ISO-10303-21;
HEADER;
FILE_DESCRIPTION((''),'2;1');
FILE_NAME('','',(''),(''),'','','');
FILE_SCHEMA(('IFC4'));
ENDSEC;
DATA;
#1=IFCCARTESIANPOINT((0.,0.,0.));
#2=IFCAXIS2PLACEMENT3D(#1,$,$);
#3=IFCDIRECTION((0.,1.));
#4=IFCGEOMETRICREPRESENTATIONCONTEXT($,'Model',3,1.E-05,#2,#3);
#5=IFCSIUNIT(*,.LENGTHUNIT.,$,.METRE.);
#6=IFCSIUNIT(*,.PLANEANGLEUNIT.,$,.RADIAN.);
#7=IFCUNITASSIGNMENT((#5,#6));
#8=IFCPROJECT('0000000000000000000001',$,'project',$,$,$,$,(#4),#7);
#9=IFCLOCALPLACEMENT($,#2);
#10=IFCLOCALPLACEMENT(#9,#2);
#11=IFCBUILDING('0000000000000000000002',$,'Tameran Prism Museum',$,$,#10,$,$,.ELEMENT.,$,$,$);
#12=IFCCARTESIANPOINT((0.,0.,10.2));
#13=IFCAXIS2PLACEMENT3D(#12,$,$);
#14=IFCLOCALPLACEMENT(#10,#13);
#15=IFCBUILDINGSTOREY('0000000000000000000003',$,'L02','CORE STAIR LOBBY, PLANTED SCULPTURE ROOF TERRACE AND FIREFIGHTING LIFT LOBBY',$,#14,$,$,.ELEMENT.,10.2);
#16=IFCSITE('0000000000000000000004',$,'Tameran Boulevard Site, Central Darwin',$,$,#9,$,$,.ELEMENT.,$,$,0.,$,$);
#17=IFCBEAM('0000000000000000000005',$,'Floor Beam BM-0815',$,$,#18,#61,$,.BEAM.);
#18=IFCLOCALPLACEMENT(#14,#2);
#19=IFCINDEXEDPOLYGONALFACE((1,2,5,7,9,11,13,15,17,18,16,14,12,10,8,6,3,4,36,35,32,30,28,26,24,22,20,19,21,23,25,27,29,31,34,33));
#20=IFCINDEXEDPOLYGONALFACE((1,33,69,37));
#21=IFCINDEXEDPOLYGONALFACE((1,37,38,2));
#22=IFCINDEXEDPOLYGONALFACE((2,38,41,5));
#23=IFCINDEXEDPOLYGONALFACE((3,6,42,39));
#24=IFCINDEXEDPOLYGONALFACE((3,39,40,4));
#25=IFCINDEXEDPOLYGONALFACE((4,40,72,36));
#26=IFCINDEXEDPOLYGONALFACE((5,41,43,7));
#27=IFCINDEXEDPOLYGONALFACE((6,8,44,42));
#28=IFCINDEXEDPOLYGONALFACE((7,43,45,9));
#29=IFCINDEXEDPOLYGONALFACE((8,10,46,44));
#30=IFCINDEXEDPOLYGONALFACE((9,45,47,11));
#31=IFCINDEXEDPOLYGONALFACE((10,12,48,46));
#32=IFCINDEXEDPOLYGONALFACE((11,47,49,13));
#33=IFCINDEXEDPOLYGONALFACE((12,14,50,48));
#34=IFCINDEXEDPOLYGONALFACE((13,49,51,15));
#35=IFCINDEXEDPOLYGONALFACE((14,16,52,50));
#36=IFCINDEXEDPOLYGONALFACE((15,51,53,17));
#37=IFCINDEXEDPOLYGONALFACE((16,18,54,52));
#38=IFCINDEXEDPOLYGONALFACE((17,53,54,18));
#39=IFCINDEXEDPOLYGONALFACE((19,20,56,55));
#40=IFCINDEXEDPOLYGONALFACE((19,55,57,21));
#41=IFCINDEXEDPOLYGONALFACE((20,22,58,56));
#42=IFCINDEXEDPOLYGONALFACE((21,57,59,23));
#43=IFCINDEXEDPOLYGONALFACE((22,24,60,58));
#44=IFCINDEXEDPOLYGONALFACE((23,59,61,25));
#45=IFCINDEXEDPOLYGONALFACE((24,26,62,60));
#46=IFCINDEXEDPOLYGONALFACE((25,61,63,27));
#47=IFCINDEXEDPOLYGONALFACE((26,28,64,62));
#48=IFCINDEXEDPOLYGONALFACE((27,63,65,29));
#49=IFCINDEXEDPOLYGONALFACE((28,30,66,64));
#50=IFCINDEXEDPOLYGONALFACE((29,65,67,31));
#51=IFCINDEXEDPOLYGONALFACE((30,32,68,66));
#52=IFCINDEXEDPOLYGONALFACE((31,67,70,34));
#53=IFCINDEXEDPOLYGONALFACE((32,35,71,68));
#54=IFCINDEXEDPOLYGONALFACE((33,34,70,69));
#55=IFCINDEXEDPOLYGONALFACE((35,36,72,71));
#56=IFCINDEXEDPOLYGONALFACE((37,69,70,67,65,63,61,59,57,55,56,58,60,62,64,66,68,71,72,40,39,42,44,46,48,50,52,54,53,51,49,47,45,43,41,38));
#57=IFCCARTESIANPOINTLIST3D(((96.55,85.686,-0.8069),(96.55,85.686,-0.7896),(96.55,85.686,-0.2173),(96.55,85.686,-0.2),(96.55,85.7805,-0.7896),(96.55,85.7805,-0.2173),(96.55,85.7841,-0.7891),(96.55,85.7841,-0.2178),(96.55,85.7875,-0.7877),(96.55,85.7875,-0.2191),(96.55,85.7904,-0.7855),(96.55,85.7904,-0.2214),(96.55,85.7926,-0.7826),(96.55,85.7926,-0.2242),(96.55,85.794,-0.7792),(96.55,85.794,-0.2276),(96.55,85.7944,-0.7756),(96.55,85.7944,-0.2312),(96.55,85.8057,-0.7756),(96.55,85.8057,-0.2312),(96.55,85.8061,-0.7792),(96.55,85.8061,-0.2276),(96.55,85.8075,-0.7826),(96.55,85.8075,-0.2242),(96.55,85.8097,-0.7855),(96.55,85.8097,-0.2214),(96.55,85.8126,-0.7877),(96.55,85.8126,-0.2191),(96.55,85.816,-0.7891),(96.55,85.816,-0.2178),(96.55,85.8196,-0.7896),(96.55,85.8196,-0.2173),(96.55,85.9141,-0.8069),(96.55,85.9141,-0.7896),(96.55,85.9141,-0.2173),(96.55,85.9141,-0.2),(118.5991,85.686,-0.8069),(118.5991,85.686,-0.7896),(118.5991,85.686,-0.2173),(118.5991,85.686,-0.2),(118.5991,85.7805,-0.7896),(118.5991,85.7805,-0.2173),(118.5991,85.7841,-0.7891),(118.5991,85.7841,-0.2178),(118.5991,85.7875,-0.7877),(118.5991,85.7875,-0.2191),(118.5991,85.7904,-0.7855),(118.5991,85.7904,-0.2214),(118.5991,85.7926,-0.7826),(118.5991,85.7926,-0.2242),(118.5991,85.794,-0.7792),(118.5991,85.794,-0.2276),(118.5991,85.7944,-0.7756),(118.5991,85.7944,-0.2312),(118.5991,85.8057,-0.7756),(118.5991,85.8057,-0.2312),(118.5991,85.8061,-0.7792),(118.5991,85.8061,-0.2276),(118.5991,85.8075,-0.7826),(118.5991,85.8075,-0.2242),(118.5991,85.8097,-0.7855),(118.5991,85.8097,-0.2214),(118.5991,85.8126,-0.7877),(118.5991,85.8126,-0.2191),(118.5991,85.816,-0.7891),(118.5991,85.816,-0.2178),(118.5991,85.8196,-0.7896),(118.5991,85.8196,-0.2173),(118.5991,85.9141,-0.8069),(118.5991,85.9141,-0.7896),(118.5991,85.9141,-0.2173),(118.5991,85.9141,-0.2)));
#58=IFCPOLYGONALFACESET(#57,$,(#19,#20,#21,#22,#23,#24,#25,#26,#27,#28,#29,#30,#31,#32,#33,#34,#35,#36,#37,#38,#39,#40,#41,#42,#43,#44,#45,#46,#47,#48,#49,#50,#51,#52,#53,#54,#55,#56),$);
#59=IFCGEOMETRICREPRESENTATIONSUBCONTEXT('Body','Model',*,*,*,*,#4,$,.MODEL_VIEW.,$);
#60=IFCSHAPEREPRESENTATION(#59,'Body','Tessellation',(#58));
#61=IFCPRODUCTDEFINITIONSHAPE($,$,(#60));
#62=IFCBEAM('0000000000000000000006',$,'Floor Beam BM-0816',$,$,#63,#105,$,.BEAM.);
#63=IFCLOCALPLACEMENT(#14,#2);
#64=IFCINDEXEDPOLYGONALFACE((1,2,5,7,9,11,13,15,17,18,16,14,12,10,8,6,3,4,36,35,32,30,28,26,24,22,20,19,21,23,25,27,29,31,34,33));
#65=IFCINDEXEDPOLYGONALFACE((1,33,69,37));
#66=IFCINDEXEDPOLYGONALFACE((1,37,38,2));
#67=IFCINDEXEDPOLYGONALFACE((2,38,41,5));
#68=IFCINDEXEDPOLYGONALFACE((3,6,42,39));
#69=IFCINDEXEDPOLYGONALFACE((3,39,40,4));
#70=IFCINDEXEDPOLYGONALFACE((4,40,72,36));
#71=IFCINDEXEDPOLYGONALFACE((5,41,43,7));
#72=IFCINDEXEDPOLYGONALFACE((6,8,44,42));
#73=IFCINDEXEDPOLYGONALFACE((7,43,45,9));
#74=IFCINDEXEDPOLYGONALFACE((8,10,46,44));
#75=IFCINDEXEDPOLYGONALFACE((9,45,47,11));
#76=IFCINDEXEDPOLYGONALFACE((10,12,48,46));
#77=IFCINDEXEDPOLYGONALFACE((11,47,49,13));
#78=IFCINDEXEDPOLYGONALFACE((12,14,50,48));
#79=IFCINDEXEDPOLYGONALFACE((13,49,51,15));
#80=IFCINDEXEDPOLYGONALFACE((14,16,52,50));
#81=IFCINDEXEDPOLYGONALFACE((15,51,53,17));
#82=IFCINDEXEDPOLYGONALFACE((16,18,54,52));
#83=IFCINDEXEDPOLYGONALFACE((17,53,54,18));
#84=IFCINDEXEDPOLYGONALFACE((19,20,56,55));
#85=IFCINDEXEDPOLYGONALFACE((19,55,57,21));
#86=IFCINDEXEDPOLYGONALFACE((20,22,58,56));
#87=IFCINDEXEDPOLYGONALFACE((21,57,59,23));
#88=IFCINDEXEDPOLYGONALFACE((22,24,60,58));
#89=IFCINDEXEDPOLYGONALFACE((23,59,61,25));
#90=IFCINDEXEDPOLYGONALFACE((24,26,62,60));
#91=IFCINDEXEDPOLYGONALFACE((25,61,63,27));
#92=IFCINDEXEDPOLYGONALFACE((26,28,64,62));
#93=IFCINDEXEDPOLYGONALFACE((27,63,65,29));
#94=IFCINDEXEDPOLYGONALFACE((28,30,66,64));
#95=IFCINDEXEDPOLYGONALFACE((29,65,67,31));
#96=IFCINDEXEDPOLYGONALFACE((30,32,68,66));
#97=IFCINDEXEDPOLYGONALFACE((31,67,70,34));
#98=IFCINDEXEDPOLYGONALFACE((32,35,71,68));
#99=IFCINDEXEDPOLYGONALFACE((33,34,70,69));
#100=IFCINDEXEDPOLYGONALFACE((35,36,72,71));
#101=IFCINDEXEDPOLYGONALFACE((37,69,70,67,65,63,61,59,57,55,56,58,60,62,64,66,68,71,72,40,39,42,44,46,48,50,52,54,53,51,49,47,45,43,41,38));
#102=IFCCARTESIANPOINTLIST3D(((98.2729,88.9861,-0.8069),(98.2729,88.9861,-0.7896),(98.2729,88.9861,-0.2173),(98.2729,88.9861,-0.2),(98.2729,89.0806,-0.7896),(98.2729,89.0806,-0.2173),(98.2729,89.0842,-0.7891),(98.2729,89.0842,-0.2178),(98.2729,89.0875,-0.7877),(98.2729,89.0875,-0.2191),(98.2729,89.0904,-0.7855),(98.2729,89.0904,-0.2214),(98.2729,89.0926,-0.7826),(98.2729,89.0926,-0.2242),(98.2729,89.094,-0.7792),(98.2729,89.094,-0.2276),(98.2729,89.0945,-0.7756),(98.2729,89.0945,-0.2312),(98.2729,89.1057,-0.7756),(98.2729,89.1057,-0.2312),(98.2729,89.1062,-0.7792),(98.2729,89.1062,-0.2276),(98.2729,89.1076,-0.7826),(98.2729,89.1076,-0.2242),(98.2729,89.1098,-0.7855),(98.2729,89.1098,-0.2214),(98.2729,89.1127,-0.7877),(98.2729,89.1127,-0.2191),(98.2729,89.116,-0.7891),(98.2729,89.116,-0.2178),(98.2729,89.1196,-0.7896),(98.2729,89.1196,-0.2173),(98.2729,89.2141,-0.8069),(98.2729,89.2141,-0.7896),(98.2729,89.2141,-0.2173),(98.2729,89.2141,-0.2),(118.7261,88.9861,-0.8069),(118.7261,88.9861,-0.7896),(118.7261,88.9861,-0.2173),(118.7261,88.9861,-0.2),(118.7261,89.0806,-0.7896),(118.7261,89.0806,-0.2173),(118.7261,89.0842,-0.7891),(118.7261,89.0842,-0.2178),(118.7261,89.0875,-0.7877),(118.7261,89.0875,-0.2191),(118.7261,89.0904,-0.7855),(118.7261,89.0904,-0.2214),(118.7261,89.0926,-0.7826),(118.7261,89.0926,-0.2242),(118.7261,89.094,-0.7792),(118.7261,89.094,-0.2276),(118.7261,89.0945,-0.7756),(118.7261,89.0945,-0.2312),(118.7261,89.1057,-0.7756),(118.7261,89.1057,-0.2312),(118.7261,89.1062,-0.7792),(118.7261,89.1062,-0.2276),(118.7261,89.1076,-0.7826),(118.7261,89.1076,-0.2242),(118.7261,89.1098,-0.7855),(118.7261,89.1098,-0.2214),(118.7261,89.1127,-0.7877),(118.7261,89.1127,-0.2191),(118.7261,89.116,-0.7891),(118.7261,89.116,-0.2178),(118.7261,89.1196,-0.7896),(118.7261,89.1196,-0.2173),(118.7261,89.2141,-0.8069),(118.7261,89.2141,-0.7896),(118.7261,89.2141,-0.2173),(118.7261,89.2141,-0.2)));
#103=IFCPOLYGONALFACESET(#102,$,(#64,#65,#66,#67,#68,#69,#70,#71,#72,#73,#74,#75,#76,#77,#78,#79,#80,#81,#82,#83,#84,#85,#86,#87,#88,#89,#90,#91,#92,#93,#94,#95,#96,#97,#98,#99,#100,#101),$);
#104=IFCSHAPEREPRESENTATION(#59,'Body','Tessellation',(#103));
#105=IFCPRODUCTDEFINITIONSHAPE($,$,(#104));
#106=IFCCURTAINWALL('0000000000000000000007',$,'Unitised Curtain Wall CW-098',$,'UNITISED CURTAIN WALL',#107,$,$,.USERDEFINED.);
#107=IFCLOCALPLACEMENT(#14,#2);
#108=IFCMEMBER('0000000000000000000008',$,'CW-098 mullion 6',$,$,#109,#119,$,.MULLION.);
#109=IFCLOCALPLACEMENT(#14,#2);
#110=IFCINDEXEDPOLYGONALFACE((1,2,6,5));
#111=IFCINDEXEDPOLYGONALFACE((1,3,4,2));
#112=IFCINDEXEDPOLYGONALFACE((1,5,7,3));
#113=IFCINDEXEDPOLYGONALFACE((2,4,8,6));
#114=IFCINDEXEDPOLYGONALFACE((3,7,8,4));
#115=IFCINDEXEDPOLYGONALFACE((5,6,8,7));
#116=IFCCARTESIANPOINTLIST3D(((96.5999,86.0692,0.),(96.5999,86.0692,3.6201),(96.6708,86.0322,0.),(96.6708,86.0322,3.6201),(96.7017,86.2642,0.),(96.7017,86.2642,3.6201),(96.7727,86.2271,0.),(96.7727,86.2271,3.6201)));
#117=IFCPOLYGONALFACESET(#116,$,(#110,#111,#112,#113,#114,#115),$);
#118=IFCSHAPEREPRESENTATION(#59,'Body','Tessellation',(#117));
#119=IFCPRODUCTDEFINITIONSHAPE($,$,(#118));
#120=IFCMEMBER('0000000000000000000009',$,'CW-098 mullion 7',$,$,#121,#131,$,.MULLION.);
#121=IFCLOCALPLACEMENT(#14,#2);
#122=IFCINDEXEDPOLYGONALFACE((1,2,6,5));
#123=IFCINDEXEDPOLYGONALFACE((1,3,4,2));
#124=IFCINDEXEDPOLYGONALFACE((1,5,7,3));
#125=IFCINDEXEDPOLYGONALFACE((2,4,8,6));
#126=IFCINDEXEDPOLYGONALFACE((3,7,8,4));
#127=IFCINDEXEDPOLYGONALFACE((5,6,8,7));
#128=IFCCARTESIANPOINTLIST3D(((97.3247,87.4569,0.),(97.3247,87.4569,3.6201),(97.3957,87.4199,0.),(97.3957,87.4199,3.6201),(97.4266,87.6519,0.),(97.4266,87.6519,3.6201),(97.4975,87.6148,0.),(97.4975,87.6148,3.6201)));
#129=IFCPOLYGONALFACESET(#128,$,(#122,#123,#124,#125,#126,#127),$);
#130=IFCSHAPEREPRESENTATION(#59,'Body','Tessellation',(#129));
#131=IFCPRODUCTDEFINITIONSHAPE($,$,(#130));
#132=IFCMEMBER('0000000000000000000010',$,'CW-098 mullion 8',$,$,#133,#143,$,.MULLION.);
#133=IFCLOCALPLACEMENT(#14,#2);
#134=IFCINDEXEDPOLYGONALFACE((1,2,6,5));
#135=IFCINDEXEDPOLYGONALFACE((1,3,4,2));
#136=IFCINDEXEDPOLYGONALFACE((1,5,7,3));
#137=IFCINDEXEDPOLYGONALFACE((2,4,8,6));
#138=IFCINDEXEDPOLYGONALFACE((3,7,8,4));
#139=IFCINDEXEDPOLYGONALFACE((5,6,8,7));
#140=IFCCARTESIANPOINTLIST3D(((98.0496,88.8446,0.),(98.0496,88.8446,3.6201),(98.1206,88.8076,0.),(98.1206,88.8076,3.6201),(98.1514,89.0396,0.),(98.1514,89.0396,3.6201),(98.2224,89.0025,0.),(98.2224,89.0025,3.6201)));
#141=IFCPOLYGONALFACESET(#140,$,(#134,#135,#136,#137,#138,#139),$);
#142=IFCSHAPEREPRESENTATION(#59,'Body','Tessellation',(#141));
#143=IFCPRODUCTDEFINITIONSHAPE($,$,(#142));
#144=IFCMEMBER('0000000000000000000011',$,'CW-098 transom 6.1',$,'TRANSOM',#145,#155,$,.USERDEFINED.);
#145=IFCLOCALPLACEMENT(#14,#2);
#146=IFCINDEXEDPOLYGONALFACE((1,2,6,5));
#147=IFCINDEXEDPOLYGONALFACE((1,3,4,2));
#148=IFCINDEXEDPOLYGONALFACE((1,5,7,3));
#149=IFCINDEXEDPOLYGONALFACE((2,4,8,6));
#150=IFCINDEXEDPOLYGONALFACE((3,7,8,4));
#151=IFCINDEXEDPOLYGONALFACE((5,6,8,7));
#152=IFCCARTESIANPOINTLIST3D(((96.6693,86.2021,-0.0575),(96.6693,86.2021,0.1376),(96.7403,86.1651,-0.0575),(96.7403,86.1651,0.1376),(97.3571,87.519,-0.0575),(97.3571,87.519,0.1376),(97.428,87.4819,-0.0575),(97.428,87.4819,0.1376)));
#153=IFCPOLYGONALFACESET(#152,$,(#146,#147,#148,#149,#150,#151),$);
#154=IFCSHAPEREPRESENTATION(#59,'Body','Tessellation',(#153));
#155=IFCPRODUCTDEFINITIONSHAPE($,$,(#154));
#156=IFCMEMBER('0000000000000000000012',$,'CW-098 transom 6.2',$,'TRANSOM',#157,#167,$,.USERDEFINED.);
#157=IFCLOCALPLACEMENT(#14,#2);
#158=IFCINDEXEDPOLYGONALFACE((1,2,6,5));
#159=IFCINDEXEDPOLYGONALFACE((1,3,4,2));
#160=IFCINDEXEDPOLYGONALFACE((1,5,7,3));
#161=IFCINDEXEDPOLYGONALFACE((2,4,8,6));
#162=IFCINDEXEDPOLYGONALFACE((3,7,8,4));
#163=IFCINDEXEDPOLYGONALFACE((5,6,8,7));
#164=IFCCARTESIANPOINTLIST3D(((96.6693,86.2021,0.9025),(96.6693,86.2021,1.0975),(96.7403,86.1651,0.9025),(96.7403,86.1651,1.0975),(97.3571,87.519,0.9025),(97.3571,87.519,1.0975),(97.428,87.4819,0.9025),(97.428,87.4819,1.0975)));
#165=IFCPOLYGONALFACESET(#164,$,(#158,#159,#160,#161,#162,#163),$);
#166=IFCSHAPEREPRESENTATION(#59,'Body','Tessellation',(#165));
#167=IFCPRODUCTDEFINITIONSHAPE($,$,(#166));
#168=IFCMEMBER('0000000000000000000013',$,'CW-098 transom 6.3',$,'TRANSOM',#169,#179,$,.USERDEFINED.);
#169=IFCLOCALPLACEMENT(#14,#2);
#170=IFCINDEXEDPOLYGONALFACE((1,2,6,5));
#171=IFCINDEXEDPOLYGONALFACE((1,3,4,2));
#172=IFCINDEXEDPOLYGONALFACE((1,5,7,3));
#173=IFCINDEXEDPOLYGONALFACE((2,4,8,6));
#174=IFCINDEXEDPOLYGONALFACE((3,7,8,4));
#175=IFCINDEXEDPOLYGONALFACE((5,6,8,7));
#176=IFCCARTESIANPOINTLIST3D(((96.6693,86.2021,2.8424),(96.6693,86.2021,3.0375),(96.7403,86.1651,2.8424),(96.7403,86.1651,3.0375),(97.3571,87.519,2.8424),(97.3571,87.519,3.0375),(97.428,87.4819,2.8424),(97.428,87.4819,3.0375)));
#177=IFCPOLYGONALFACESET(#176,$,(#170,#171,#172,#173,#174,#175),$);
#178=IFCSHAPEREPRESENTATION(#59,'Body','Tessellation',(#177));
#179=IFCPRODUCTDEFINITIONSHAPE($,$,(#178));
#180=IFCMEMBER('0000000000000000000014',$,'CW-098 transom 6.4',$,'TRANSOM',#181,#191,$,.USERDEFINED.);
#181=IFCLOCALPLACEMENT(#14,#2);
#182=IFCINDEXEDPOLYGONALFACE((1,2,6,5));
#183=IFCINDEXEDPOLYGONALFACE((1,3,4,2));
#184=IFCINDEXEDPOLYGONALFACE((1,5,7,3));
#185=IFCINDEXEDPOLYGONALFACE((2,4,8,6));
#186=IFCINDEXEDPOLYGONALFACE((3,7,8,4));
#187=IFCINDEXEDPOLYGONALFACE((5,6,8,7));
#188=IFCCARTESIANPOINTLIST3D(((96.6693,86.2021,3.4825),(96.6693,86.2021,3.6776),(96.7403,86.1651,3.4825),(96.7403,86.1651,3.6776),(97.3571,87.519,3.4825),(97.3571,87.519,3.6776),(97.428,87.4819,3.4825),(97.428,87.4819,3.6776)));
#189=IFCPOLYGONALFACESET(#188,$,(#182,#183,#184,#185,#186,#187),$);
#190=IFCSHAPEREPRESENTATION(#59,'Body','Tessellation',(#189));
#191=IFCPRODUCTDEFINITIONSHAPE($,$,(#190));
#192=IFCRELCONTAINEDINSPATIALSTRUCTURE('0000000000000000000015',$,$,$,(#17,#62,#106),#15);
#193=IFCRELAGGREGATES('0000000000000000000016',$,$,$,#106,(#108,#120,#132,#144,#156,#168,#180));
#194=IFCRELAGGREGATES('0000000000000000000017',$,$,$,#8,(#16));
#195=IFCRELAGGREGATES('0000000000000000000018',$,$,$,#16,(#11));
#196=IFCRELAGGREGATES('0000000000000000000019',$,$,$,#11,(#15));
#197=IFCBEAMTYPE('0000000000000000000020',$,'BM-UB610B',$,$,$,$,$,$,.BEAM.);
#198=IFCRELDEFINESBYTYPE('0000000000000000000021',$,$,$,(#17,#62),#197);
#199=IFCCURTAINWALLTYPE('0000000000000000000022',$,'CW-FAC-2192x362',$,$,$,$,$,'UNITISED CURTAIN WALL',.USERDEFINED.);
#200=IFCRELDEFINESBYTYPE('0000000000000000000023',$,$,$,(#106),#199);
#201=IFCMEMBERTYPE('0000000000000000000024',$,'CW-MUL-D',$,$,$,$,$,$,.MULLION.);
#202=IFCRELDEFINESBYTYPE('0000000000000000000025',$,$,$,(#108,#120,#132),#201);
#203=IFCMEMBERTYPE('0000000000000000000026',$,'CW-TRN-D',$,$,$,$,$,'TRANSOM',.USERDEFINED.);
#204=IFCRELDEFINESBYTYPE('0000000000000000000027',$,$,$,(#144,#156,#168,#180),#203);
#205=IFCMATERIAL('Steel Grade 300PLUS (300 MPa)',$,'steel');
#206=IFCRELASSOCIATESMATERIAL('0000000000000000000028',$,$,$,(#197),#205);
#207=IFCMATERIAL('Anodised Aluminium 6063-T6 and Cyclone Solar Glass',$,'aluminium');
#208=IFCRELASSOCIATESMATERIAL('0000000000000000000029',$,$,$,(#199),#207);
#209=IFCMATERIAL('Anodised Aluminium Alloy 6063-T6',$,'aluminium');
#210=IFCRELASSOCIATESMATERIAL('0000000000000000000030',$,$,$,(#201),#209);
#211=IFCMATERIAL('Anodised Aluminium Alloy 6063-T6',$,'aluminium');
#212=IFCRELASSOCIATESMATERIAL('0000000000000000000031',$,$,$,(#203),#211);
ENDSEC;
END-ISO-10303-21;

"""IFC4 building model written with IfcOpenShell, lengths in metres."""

from ifc_helpers import new_model, si_unit, direction, frame, origin, origin_2d, place, context, subcontext, project, spatial, rectangle, i_section, extrude, material, material_profile, profile_set, type_object, element, aggregate, save


model = new_model("IFC4")

# Units and contexts
model_context = context("Model", 3, precision=1e-05, world=origin(), true_north=direction((0.0, 1.0)))
body_context = subcontext(model_context, "Body", "Model", "MODEL_VIEW")
ifc_project = project(units=[si_unit("LENGTHUNIT", "METRE"), si_unit("PLANEANGLEUNIT", "RADIAN")], contexts=[model_context])

# Site, building, storey
site_placement = place(None, origin())
site = spatial("IfcSite", under=ifc_project, at=site_placement, Name="Tameran Boulevard Site, Central Darwin", CompositionType="ELEMENT", RefElevation=0.0)
building_placement = place(site_placement, origin())
building = spatial("IfcBuilding", under=site, at=building_placement, Name="Tameran Prism Museum", CompositionType="ELEMENT")
storey_placement = place(building_placement, frame((0.0, 0.0, 10.2)))
storey = spatial("IfcBuildingStorey", under=building, at=storey_placement, Name="L02", Description="CORE STAIR LOBBY, PLANTED SCULPTURE ROOF TERRACE AND FIREFIGHTING LIFT LOBBY", CompositionType="ELEMENT", Elevation=10.2)

# Beams
ifc_material_1 = material(Name="Steel Grade 300PLUS (300 MPa)", Category="steel")
ifc_material_profile_1 = material_profile(ifc_material_1, i_section(OverallWidth=0.228, OverallDepth=0.6069, WebThickness=0.0112, FlangeThickness=0.0173, FilletRadius=0.0139, at=origin_2d()))
ifc_profile_set_1 = profile_set([ifc_material_profile_1])
beam_type = type_object("IfcBeamType", Name="BM-UB610B", PredefinedType="BEAM", material=ifc_profile_set_1)
beam_1_placement = place(storey_placement, frame((96.55, 85.8, -0.5034), z_axis=(1.0, 0.0, 0.0), x_axis=(0.0, 1.0, 0.0)))
element("IfcBeam", 1, at=beam_1_placement, inside=storey, type_object=beam_type, Name="Floor Beam BM-0815", PredefinedType="BEAM", context=body_context, shape_type="SweptSolid", body=[
    extrude(i_section(OverallWidth=0.228, OverallDepth=0.6069, WebThickness=0.0112, FlangeThickness=0.0173, FilletRadius=0.0139, at=origin_2d()), origin(), (0.0, 0.0, 1.0), 22.0491),
])
beam_2_placement = place(storey_placement, frame((98.2729, 89.1001, -0.5034), z_axis=(1.0, 0.0, 0.0), x_axis=(0.0, 1.0, 0.0)))
element("IfcBeam", 2, at=beam_2_placement, inside=storey, type_object=beam_type, Name="Floor Beam BM-0816", PredefinedType="BEAM", context=body_context, shape_type="SweptSolid", body=[
    extrude(i_section(OverallWidth=0.228, OverallDepth=0.6069, WebThickness=0.0112, FlangeThickness=0.0173, FilletRadius=0.0139, at=origin_2d()), origin(), (0.0, 0.0, 1.0), 20.4531),
])

# Curtain wall, members
ifc_material_2 = material(Name="Anodised Aluminium 6063-T6 and Cyclone Solar Glass", Category="aluminium")
curtain_wall_type = type_object("IfcCurtainWallType", Name="CW-FAC-2192x362", ElementType="UNITISED CURTAIN WALL", PredefinedType="USERDEFINED", material=ifc_material_2)
curtain_wall_placement = place(storey_placement, origin())
curtain_wall = element("IfcCurtainWall", 3, at=curtain_wall_placement, inside=storey, type_object=curtain_wall_type, Name="Unitised Curtain Wall CW-098", ObjectType="UNITISED CURTAIN WALL", PredefinedType="USERDEFINED")
ifc_material_3 = material(Name="Anodised Aluminium Alloy 6063-T6", Category="aluminium")
ifc_material_profile_2 = material_profile(ifc_material_3, rectangle(XDim=0.0801, YDim=0.22, at=origin_2d()))
ifc_profile_set_2 = profile_set([ifc_material_profile_2])
member_type_1 = type_object("IfcMemberType", Name="CW-MUL-D", PredefinedType="MULLION", material=ifc_profile_set_2)
member_1_placement = place(storey_placement, frame((96.6863, 86.1482, 0.0), z_axis=(0.0, 0.0, 1.0), x_axis=(-0.886357, 0.463003, 0.0)))
member_1 = element("IfcMember", 4, at=member_1_placement, type_object=member_type_1, Name="CW-098 mullion 6", PredefinedType="MULLION", context=body_context, shape_type="SweptSolid", body=[
    extrude(rectangle(XDim=0.0801, YDim=0.22, at=origin_2d()), origin(), (0.0, 0.0, 1.0), 3.6201),
])
member_2_placement = place(storey_placement, frame((97.4111, 87.5359, 0.0), z_axis=(0.0, 0.0, 1.0), x_axis=(-0.886357, 0.463003, 0.0)))
member_2 = element("IfcMember", 5, at=member_2_placement, type_object=member_type_1, Name="CW-098 mullion 7", PredefinedType="MULLION", context=body_context, shape_type="SweptSolid", body=[
    extrude(rectangle(XDim=0.0801, YDim=0.22, at=origin_2d()), origin(), (0.0, 0.0, 1.0), 3.6201),
])
member_3_placement = place(storey_placement, frame((98.136, 88.9236, 0.0), z_axis=(0.0, 0.0, 1.0), x_axis=(-0.886357, 0.463003, 0.0)))
member_3 = element("IfcMember", 6, at=member_3_placement, type_object=member_type_1, Name="CW-098 mullion 8", PredefinedType="MULLION", context=body_context, shape_type="SweptSolid", body=[
    extrude(rectangle(XDim=0.0801, YDim=0.22, at=origin_2d()), origin(), (0.0, 0.0, 1.0), 3.6201),
])
ifc_material_4 = material(Name="Anodised Aluminium Alloy 6063-T6", Category="aluminium")
ifc_material_profile_3 = material_profile(ifc_material_4, rectangle(XDim=0.0801, YDim=0.1951, at=origin_2d()))
ifc_profile_set_3 = profile_set([ifc_material_profile_3])
member_type_2 = type_object("IfcMemberType", Name="CW-TRN-D", ElementType="TRANSOM", PredefinedType="USERDEFINED", material=ifc_profile_set_3)
member_4_placement = place(storey_placement, frame((96.7048, 86.1836, 0.04), z_axis=(0.46292, 0.8864, 0.0), x_axis=(-0.8864, 0.46292, 0.0)))
member_4 = element("IfcMember", 7, at=member_4_placement, type_object=member_type_2, Name="CW-098 transom 6.1", ObjectType="TRANSOM", PredefinedType="USERDEFINED", context=body_context, shape_type="SweptSolid", body=[
    extrude(rectangle(XDim=0.0801, YDim=0.1951, at=origin_2d()), origin(), (0.0, 0.0, 1.0), 1.4856),
])
member_5_placement = place(storey_placement, frame((96.7048, 86.1836, 1.0), z_axis=(0.46292, 0.8864, 0.0), x_axis=(-0.8864, 0.46292, 0.0)))
member_5 = element("IfcMember", 8, at=member_5_placement, type_object=member_type_2, Name="CW-098 transom 6.2", ObjectType="TRANSOM", PredefinedType="USERDEFINED", context=body_context, shape_type="SweptSolid", body=[
    extrude(rectangle(XDim=0.0801, YDim=0.1951, at=origin_2d()), origin(), (0.0, 0.0, 1.0), 1.4856),
])
member_6_placement = place(storey_placement, frame((96.7048, 86.1836, 2.9399), z_axis=(0.46292, 0.8864, 0.0), x_axis=(-0.8864, 0.46292, 0.0)))
member_6 = element("IfcMember", 9, at=member_6_placement, type_object=member_type_2, Name="CW-098 transom 6.3", ObjectType="TRANSOM", PredefinedType="USERDEFINED", context=body_context, shape_type="SweptSolid", body=[
    extrude(rectangle(XDim=0.0801, YDim=0.1951, at=origin_2d()), origin(), (0.0, 0.0, 1.0), 1.4856),
])
member_7_placement = place(storey_placement, frame((96.7048, 86.1836, 3.5801), z_axis=(0.46292, 0.8864, 0.0), x_axis=(-0.8864, 0.46292, 0.0)))
member_7 = element("IfcMember", 10, at=member_7_placement, type_object=member_type_2, Name="CW-098 transom 6.4", ObjectType="TRANSOM", PredefinedType="USERDEFINED", context=body_context, shape_type="SweptSolid", body=[
    extrude(rectangle(XDim=0.0801, YDim=0.1951, at=origin_2d()), origin(), (0.0, 0.0, 1.0), 1.4856),
])
aggregate(curtain_wall, [member_1, member_2, member_3, member_4, member_5, member_6, member_7])

save(model, "model.ifc")
